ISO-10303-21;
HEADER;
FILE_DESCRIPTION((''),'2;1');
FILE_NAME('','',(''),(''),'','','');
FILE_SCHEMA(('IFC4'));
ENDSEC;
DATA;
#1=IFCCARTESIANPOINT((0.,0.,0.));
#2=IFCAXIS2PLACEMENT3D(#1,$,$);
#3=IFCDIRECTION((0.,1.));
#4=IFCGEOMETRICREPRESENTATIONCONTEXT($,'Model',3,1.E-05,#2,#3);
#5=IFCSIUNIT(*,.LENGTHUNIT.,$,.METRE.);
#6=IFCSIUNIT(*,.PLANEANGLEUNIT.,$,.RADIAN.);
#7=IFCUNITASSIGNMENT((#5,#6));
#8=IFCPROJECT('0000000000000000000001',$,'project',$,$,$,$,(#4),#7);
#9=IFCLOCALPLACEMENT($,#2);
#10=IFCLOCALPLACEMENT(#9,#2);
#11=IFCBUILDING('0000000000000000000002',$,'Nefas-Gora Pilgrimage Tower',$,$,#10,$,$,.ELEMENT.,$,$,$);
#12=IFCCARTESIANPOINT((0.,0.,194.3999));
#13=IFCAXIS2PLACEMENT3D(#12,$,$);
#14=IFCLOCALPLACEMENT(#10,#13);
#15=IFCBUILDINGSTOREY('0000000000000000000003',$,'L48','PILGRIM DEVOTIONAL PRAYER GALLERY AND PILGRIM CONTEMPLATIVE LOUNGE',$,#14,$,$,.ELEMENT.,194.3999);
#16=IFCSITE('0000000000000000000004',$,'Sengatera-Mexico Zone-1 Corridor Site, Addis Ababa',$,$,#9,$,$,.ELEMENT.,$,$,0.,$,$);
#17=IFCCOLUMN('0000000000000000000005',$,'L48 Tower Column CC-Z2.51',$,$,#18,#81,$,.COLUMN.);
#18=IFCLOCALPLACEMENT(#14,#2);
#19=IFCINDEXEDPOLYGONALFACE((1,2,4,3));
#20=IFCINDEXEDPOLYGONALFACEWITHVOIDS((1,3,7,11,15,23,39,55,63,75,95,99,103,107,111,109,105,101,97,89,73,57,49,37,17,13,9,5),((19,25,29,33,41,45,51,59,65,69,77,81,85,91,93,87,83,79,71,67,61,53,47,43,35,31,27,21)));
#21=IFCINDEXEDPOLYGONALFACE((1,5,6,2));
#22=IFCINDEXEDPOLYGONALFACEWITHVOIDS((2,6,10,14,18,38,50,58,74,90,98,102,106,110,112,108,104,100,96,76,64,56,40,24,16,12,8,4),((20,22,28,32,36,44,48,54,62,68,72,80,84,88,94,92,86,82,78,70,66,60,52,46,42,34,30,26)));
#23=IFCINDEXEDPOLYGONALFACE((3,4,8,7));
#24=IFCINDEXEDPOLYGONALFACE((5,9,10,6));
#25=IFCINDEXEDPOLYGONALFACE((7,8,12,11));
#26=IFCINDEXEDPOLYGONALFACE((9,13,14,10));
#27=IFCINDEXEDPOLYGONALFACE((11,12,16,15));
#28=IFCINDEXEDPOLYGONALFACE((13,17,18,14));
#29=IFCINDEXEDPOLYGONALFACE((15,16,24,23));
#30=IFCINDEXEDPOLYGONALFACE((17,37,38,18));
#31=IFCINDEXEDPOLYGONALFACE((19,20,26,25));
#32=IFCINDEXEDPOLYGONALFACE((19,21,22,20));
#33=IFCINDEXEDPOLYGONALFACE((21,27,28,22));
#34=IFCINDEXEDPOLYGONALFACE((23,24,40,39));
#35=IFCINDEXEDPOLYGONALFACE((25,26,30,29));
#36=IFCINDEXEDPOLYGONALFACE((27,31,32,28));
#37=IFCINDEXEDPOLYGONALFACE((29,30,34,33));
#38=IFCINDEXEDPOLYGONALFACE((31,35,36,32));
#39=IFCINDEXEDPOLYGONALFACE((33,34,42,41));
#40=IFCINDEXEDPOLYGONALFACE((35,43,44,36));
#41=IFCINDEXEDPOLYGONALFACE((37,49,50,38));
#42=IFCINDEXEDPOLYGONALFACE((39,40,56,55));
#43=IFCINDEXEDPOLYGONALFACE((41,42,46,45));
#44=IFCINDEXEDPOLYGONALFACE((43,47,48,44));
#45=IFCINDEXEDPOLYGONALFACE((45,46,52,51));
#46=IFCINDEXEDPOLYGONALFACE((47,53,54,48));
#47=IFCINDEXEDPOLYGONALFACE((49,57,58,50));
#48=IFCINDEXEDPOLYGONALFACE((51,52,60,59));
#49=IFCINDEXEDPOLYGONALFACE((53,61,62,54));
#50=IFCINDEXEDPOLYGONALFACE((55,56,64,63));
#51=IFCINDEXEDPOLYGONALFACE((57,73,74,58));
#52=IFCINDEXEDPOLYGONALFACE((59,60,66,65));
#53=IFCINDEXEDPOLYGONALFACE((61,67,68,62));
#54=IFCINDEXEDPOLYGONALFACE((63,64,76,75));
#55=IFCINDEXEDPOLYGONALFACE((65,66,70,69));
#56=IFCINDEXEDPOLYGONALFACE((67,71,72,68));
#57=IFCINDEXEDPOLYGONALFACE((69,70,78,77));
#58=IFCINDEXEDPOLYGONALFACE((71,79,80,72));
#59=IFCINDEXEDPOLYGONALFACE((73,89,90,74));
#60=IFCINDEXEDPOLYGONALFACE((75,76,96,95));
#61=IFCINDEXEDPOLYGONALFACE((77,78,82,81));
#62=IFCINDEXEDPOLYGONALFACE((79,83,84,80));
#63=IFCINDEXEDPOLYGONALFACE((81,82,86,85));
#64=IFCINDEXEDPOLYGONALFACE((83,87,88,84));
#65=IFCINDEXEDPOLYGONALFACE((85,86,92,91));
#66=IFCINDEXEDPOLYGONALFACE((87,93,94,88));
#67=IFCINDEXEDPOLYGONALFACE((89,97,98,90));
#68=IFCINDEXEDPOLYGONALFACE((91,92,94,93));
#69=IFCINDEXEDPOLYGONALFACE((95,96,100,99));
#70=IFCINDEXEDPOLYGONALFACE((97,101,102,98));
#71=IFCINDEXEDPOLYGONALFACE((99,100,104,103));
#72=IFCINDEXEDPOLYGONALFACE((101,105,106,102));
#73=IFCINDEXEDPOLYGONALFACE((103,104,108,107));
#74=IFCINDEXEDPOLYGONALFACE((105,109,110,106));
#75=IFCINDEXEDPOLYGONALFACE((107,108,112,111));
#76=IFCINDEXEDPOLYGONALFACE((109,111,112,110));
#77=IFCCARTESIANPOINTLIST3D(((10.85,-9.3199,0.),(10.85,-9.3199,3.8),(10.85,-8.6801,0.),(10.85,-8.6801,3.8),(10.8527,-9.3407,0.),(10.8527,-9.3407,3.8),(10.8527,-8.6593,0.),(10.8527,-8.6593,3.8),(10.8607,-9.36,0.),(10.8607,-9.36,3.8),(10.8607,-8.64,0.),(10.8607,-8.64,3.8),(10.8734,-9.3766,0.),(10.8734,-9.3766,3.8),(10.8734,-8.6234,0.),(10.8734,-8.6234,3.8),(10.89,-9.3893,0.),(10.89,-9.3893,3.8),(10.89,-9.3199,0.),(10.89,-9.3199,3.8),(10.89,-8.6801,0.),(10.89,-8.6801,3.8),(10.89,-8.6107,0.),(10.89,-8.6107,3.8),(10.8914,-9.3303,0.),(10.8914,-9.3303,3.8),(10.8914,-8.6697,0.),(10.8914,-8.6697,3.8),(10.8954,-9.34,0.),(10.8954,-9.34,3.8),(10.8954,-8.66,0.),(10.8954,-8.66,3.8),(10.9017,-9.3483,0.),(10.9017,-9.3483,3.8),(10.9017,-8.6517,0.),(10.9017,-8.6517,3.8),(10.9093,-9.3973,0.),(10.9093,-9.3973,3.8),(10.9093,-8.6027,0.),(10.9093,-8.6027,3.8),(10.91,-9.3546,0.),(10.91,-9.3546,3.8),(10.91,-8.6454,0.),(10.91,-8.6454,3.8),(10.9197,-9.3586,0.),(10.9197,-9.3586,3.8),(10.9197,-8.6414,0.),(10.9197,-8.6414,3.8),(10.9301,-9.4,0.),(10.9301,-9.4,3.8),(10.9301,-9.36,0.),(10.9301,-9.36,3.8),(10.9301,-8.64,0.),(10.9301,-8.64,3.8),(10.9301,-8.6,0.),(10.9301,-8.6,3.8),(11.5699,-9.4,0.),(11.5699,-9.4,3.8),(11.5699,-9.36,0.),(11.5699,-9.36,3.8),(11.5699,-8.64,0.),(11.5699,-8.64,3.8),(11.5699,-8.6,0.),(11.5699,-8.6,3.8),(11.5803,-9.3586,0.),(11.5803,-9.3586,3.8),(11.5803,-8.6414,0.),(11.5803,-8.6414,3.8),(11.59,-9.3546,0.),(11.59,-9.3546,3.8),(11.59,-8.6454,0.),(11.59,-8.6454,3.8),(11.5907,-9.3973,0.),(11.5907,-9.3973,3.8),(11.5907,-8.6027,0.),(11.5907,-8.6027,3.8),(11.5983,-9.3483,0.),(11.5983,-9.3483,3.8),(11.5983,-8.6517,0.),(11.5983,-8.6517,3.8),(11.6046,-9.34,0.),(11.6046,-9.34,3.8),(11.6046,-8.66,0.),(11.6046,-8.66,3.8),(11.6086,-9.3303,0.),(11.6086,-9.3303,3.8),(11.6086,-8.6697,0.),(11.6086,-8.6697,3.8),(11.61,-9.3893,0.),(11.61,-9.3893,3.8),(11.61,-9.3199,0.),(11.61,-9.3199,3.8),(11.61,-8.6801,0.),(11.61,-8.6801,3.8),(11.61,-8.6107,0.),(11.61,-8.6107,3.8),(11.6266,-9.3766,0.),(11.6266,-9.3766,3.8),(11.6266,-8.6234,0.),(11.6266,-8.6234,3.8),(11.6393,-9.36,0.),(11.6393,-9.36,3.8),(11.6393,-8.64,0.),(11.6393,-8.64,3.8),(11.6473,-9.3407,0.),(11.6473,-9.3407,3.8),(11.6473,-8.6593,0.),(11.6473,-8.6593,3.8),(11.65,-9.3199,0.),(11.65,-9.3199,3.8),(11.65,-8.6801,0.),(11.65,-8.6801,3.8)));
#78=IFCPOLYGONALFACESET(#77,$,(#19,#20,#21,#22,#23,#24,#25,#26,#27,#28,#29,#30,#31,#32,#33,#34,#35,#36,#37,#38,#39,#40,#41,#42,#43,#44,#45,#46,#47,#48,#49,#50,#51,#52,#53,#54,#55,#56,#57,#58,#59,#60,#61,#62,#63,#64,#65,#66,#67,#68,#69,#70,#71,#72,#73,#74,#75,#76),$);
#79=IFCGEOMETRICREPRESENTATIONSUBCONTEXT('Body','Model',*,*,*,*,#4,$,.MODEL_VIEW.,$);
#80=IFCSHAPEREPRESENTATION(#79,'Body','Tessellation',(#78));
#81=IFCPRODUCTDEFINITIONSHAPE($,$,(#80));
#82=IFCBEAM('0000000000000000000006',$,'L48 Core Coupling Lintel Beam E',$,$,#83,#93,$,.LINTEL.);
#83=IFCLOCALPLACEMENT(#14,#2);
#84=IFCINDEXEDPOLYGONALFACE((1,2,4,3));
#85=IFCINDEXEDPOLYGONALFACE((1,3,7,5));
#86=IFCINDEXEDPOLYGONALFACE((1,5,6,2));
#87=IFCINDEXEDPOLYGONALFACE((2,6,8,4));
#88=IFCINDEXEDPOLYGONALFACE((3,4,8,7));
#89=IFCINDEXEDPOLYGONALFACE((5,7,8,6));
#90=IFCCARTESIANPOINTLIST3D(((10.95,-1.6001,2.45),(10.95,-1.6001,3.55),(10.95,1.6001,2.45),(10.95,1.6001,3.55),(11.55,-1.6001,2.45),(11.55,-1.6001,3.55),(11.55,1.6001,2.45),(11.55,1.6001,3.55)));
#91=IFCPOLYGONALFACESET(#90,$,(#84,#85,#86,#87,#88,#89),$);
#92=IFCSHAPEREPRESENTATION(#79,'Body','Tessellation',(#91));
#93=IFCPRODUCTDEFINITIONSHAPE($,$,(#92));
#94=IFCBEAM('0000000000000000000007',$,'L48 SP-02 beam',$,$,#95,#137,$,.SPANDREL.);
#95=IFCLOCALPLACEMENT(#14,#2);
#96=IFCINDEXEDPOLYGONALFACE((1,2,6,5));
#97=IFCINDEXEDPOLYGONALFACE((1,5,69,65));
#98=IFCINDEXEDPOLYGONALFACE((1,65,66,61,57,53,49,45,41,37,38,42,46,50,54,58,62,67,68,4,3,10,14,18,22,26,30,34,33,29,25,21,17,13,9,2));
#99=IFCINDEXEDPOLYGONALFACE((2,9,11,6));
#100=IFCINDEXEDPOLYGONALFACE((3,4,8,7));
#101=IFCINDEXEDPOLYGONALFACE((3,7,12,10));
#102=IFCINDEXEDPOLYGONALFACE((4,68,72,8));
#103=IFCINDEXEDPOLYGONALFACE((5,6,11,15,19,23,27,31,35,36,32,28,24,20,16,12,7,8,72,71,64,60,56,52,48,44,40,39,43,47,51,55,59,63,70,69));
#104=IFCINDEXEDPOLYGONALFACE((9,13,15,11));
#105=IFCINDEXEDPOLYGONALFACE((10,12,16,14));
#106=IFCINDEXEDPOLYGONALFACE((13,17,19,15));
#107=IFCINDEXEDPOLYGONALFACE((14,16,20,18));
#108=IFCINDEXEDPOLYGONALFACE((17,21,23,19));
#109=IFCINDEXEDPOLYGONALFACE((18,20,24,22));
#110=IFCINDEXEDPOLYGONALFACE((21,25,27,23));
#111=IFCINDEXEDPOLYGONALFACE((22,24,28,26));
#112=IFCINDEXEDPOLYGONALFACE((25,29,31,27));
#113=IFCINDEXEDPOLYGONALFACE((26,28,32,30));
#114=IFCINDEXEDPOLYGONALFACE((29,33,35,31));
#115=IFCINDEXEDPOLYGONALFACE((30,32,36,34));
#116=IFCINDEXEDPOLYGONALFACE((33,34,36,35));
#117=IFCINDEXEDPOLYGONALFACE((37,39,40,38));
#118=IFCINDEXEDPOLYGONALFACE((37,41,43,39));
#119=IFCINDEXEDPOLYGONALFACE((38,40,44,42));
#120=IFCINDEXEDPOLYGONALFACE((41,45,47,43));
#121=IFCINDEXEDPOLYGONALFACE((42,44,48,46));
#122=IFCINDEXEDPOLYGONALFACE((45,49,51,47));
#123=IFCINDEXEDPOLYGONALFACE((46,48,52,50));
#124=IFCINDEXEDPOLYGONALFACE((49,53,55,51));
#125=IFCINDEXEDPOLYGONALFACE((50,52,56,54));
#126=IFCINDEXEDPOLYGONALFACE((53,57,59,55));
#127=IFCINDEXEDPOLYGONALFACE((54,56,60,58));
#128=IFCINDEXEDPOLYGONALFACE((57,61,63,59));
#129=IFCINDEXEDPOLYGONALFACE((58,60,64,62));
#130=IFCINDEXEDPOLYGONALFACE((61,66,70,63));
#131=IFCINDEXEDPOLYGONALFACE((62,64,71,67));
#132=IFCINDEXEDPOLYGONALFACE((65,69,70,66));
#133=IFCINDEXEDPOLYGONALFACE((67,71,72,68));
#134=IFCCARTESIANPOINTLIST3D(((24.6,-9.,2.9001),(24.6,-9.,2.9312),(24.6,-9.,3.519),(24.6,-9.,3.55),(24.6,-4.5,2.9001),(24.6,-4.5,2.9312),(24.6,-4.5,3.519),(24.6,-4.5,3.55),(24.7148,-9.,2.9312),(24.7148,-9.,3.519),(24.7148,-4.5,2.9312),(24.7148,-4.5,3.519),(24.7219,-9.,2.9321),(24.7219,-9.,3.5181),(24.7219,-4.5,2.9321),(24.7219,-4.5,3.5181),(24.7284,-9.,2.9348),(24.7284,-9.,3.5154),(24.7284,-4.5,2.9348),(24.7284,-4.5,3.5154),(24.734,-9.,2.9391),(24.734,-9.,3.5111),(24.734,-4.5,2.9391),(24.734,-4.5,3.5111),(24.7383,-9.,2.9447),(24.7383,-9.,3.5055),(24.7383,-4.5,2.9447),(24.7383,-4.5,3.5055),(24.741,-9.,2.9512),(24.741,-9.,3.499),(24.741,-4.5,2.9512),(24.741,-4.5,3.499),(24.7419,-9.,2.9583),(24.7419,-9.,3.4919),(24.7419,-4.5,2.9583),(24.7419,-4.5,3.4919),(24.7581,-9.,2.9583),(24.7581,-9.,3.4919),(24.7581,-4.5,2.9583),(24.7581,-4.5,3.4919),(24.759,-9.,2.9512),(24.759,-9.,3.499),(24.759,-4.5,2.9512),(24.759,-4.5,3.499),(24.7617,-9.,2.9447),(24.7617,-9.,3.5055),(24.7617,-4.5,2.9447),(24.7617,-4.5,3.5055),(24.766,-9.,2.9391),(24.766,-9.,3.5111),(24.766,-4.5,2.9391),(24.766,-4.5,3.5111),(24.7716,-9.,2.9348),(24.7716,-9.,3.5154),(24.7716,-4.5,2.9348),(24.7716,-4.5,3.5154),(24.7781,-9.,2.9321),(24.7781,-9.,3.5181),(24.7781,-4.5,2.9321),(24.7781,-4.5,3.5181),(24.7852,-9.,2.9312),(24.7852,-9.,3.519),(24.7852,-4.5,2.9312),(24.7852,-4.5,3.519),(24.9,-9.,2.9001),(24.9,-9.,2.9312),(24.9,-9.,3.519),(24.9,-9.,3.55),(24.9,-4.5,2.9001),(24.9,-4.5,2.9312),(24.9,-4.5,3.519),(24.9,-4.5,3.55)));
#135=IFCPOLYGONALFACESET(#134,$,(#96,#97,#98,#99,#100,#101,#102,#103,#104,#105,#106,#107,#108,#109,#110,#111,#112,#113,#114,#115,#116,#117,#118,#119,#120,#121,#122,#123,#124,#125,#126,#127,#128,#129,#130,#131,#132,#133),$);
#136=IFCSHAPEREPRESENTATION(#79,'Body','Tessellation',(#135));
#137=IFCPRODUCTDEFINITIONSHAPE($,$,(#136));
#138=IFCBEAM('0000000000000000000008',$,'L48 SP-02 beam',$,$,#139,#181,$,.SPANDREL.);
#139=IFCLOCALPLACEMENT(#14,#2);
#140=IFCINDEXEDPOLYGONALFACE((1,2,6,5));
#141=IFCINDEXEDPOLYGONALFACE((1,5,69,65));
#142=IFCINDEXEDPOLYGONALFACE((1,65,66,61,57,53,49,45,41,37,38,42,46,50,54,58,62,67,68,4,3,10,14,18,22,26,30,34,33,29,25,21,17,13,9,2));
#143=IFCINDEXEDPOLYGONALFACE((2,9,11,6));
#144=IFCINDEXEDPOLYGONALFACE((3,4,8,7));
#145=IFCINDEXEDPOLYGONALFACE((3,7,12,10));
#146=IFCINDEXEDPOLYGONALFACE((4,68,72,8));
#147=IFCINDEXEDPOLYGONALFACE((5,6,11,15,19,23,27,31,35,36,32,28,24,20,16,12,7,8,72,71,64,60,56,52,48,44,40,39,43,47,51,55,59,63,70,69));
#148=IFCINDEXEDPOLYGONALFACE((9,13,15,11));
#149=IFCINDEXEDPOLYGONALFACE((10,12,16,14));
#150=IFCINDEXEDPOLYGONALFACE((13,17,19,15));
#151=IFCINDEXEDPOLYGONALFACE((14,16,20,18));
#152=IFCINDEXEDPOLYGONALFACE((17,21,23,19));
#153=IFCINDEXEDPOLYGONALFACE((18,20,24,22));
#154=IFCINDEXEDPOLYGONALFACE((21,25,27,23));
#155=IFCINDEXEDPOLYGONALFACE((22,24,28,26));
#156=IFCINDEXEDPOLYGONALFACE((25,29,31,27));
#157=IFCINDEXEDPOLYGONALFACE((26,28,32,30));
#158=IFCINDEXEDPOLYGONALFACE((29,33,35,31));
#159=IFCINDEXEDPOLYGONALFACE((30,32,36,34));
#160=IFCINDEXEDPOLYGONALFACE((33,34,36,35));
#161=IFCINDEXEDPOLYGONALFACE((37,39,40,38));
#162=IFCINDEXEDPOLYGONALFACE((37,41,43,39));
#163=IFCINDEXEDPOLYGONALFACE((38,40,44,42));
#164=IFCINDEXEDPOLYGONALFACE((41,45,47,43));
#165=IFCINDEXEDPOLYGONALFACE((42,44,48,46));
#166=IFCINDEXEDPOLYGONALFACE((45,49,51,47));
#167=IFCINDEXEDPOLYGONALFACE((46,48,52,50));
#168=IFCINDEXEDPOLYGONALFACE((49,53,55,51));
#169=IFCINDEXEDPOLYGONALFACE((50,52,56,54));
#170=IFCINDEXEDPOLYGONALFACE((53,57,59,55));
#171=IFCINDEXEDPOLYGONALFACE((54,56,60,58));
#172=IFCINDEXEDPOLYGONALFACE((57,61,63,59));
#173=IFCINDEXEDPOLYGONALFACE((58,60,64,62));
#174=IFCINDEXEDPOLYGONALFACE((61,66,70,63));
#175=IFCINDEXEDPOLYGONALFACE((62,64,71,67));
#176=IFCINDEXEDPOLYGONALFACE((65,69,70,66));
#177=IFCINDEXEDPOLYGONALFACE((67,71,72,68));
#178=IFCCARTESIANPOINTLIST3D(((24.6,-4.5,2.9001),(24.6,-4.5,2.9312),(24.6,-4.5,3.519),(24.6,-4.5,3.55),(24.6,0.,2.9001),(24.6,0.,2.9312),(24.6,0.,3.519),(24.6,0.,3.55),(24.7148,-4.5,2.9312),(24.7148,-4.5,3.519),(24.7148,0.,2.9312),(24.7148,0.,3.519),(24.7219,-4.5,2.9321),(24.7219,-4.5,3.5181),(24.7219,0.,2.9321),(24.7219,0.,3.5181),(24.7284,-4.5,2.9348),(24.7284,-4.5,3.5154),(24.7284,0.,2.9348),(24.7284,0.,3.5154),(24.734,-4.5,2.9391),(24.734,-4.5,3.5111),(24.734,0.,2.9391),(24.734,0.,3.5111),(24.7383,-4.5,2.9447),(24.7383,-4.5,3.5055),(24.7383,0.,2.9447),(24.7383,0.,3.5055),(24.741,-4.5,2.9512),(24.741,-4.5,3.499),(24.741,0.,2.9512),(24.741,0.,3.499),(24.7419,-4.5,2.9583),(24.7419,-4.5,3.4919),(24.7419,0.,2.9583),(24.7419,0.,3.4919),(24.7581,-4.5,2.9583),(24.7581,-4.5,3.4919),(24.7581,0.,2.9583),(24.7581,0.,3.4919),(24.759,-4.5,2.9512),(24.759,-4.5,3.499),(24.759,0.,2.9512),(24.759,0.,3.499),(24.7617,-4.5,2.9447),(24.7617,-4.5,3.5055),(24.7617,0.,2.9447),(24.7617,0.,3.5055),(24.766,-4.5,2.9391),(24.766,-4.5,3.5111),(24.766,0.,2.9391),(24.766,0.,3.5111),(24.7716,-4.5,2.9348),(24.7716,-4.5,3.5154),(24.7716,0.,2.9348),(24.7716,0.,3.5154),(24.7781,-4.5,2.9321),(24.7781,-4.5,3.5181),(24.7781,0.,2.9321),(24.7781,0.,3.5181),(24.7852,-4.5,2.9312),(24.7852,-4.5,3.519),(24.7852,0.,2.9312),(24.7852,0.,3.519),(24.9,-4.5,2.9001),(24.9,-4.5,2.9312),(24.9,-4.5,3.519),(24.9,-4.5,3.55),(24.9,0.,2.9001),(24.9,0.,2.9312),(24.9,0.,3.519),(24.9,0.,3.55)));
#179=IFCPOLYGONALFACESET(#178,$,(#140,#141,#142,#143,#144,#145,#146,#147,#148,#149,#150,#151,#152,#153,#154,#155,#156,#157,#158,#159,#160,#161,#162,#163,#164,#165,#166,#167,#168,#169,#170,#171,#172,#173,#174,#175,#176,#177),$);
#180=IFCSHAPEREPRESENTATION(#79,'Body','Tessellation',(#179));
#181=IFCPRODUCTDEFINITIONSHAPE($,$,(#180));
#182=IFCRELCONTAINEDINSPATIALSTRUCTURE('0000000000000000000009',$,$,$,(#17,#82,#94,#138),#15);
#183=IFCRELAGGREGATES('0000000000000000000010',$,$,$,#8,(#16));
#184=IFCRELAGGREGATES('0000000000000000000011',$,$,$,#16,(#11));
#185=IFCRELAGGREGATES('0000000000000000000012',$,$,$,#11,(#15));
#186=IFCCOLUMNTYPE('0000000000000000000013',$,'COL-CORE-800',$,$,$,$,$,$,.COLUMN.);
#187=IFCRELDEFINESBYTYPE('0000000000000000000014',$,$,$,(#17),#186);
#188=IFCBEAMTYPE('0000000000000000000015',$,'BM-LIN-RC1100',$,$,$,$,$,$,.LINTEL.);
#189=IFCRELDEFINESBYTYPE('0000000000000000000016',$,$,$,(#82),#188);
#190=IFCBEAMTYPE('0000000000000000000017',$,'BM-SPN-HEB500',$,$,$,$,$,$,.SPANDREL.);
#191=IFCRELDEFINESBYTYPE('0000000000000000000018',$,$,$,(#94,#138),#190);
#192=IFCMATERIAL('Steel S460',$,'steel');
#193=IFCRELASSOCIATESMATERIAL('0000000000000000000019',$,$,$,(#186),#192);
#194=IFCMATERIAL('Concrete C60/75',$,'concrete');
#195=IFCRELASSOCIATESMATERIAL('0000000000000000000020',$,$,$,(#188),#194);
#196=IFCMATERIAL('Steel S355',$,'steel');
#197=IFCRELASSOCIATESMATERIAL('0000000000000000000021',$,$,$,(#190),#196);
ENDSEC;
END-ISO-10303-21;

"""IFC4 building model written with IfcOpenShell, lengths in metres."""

from ifc_helpers import new_model, si_unit, direction, frame, origin, origin_2d, place, context, subcontext, project, spatial, rectangle, hollow_rectangle, i_section, extrude, source, transform, mapped, material, material_profile, profile_set, type_object, element, save


model = new_model("IFC4")

# Units and contexts
model_context = context("Model", 3, precision=1e-05, world=origin(), true_north=direction((0.0, 1.0)))
body_context = subcontext(model_context, "Body", "Model", "MODEL_VIEW")
ifc_project = project(units=[si_unit("LENGTHUNIT", "METRE"), si_unit("PLANEANGLEUNIT", "RADIAN")], contexts=[model_context])

# Site, building, storey
site_placement = place(None, origin())
site = spatial("IfcSite", under=ifc_project, at=site_placement, Name="Sengatera-Mexico Zone-1 Corridor Site, Addis Ababa", CompositionType="ELEMENT", RefElevation=0.0)
building_placement = place(site_placement, origin())
building = spatial("IfcBuilding", under=site, at=building_placement, Name="Nefas-Gora Pilgrimage Tower", CompositionType="ELEMENT")
storey_placement = place(building_placement, frame((0.0, 0.0, 194.3999)))
storey = spatial("IfcBuildingStorey", under=building, at=storey_placement, Name="L48", Description="PILGRIM DEVOTIONAL PRAYER GALLERY AND PILGRIM CONTEMPLATIVE LOUNGE", CompositionType="ELEMENT", Elevation=194.3999)

# Column
ifc_material_1 = material(Name="Steel S460", Category="steel")
ifc_material_profile_1 = material_profile(ifc_material_1, hollow_rectangle(XDim=0.8, YDim=0.8, WallThickness=0.04, InnerFilletRadius=0.04, OuterFilletRadius=0.0801, at=origin_2d()), Name="BOX 800x800x40")
ifc_profile_set_1 = profile_set([ifc_material_profile_1], Name="Steel S460")
column_type_1 = type_object("IfcColumnType", Name="COL-CORE-800", PredefinedType="COLUMN", material=ifc_profile_set_1)
shared_shape_1 = source(origin(), body_context, "Body", "SweptSolid", [
    extrude(hollow_rectangle(XDim=0.8, YDim=0.8, WallThickness=0.04, InnerFilletRadius=0.04, OuterFilletRadius=0.0801, at=origin_2d()), origin(), (0.0, 0.0, 1.0), 3.8),
])
column_placement = place(storey_placement, frame((11.25, -9.0, 0.0), z_axis=(0.0, 0.0, 1.0), x_axis=(1.0, 0.0, 0.0)))
element("IfcColumn", 1, at=column_placement, inside=storey, type_object=column_type_1, Name="L48 Tower Column CC-Z2.51", PredefinedType="COLUMN", context=body_context, shape_type="MappedRepresentation", body=[
    mapped(shared_shape_1, transform((0.0, 0.0, 0.0), x_axis=(1.0, 0.0, 0.0), y_axis=(0.0, 1.0, 0.0), z_axis=(0.0, 0.0, 1.0), scale=1.0)),
])

# Beams
ifc_material_2 = material(Name="Concrete C60/75", Category="concrete")
ifc_material_profile_2 = material_profile(ifc_material_2, rectangle(XDim=0.6001, YDim=1.1001, at=origin_2d()), Name="RC 600x1100")
ifc_profile_set_2 = profile_set([ifc_material_profile_2], Name="Concrete C60/75")
beam_type_1 = type_object("IfcBeamType", Name="BM-LIN-RC1100", PredefinedType="LINTEL", material=ifc_profile_set_2)
shared_shape_2 = source(origin(), body_context, "Body", "SweptSolid", [
    extrude(rectangle(XDim=0.6001, YDim=1.1001, at=origin_2d()), origin(), (0.0, 0.0, 1.0), 3.2002),
])
beam_placement = place(storey_placement, frame((11.25, -1.6001, 3.0), z_axis=(0.0, 1.0, 0.0), x_axis=(-1.0, 0.0, 0.0)))
element("IfcBeam", 2, at=beam_placement, inside=storey, type_object=beam_type_1, Name="L48 Core Coupling Lintel Beam E", PredefinedType="LINTEL", context=body_context, shape_type="MappedRepresentation", body=[
    mapped(shared_shape_2, transform((0.0, 0.0, 0.0), x_axis=(1.0, 0.0, 0.0), y_axis=(0.0, 1.0, 0.0), z_axis=(0.0, 0.0, 1.0), scale=1.0)),
])
ifc_material_3 = material(Name="Steel S355", Category="steel")
ifc_material_profile_3 = material_profile(ifc_material_3, i_section(OverallWidth=0.3, OverallDepth=0.6499, WebThickness=0.0161, FlangeThickness=0.031, FilletRadius=0.0271, at=origin_2d()), Name="HEB 650")
ifc_profile_set_3 = profile_set([ifc_material_profile_3], Name="Steel S355")
beam_type_2 = type_object("IfcBeamType", Name="BM-SPN-HEB500", PredefinedType="SPANDREL", material=ifc_profile_set_3)
shared_shape_3 = source(origin(), body_context, "Body", "SweptSolid", [
    extrude(i_section(OverallWidth=0.3, OverallDepth=0.6499, WebThickness=0.0161, FlangeThickness=0.031, FilletRadius=0.0271, at=origin_2d()), origin(), (0.0, 0.0, 1.0), 4.5),
])
for number, where, z_axis, x_axis, name in (
    (3, (24.75, -9.0, 3.2251), (0.0, 1.0, 0.0), (-1.0, 0.0, 0.0), "L48 SP-02 beam"),
    (4, (24.75, -4.5, 3.2251), (0.0, 1.0, 0.0), (-1.0, 0.0, 0.0), "L48 SP-02 beam"),
):
    element("IfcBeam", number, at=place(storey_placement, frame(where, z_axis=z_axis, x_axis=x_axis)), inside=storey, type_object=beam_type_2, Name=name, PredefinedType="SPANDREL", context=body_context, shape_type="MappedRepresentation", body=[
        mapped(shared_shape_3, transform((0.0, 0.0, 0.0), x_axis=(1.0, 0.0, 0.0), y_axis=(0.0, 1.0, 0.0), z_axis=(0.0, 0.0, 1.0), scale=1.0)),
    ])

save(model, "model.ifc")
